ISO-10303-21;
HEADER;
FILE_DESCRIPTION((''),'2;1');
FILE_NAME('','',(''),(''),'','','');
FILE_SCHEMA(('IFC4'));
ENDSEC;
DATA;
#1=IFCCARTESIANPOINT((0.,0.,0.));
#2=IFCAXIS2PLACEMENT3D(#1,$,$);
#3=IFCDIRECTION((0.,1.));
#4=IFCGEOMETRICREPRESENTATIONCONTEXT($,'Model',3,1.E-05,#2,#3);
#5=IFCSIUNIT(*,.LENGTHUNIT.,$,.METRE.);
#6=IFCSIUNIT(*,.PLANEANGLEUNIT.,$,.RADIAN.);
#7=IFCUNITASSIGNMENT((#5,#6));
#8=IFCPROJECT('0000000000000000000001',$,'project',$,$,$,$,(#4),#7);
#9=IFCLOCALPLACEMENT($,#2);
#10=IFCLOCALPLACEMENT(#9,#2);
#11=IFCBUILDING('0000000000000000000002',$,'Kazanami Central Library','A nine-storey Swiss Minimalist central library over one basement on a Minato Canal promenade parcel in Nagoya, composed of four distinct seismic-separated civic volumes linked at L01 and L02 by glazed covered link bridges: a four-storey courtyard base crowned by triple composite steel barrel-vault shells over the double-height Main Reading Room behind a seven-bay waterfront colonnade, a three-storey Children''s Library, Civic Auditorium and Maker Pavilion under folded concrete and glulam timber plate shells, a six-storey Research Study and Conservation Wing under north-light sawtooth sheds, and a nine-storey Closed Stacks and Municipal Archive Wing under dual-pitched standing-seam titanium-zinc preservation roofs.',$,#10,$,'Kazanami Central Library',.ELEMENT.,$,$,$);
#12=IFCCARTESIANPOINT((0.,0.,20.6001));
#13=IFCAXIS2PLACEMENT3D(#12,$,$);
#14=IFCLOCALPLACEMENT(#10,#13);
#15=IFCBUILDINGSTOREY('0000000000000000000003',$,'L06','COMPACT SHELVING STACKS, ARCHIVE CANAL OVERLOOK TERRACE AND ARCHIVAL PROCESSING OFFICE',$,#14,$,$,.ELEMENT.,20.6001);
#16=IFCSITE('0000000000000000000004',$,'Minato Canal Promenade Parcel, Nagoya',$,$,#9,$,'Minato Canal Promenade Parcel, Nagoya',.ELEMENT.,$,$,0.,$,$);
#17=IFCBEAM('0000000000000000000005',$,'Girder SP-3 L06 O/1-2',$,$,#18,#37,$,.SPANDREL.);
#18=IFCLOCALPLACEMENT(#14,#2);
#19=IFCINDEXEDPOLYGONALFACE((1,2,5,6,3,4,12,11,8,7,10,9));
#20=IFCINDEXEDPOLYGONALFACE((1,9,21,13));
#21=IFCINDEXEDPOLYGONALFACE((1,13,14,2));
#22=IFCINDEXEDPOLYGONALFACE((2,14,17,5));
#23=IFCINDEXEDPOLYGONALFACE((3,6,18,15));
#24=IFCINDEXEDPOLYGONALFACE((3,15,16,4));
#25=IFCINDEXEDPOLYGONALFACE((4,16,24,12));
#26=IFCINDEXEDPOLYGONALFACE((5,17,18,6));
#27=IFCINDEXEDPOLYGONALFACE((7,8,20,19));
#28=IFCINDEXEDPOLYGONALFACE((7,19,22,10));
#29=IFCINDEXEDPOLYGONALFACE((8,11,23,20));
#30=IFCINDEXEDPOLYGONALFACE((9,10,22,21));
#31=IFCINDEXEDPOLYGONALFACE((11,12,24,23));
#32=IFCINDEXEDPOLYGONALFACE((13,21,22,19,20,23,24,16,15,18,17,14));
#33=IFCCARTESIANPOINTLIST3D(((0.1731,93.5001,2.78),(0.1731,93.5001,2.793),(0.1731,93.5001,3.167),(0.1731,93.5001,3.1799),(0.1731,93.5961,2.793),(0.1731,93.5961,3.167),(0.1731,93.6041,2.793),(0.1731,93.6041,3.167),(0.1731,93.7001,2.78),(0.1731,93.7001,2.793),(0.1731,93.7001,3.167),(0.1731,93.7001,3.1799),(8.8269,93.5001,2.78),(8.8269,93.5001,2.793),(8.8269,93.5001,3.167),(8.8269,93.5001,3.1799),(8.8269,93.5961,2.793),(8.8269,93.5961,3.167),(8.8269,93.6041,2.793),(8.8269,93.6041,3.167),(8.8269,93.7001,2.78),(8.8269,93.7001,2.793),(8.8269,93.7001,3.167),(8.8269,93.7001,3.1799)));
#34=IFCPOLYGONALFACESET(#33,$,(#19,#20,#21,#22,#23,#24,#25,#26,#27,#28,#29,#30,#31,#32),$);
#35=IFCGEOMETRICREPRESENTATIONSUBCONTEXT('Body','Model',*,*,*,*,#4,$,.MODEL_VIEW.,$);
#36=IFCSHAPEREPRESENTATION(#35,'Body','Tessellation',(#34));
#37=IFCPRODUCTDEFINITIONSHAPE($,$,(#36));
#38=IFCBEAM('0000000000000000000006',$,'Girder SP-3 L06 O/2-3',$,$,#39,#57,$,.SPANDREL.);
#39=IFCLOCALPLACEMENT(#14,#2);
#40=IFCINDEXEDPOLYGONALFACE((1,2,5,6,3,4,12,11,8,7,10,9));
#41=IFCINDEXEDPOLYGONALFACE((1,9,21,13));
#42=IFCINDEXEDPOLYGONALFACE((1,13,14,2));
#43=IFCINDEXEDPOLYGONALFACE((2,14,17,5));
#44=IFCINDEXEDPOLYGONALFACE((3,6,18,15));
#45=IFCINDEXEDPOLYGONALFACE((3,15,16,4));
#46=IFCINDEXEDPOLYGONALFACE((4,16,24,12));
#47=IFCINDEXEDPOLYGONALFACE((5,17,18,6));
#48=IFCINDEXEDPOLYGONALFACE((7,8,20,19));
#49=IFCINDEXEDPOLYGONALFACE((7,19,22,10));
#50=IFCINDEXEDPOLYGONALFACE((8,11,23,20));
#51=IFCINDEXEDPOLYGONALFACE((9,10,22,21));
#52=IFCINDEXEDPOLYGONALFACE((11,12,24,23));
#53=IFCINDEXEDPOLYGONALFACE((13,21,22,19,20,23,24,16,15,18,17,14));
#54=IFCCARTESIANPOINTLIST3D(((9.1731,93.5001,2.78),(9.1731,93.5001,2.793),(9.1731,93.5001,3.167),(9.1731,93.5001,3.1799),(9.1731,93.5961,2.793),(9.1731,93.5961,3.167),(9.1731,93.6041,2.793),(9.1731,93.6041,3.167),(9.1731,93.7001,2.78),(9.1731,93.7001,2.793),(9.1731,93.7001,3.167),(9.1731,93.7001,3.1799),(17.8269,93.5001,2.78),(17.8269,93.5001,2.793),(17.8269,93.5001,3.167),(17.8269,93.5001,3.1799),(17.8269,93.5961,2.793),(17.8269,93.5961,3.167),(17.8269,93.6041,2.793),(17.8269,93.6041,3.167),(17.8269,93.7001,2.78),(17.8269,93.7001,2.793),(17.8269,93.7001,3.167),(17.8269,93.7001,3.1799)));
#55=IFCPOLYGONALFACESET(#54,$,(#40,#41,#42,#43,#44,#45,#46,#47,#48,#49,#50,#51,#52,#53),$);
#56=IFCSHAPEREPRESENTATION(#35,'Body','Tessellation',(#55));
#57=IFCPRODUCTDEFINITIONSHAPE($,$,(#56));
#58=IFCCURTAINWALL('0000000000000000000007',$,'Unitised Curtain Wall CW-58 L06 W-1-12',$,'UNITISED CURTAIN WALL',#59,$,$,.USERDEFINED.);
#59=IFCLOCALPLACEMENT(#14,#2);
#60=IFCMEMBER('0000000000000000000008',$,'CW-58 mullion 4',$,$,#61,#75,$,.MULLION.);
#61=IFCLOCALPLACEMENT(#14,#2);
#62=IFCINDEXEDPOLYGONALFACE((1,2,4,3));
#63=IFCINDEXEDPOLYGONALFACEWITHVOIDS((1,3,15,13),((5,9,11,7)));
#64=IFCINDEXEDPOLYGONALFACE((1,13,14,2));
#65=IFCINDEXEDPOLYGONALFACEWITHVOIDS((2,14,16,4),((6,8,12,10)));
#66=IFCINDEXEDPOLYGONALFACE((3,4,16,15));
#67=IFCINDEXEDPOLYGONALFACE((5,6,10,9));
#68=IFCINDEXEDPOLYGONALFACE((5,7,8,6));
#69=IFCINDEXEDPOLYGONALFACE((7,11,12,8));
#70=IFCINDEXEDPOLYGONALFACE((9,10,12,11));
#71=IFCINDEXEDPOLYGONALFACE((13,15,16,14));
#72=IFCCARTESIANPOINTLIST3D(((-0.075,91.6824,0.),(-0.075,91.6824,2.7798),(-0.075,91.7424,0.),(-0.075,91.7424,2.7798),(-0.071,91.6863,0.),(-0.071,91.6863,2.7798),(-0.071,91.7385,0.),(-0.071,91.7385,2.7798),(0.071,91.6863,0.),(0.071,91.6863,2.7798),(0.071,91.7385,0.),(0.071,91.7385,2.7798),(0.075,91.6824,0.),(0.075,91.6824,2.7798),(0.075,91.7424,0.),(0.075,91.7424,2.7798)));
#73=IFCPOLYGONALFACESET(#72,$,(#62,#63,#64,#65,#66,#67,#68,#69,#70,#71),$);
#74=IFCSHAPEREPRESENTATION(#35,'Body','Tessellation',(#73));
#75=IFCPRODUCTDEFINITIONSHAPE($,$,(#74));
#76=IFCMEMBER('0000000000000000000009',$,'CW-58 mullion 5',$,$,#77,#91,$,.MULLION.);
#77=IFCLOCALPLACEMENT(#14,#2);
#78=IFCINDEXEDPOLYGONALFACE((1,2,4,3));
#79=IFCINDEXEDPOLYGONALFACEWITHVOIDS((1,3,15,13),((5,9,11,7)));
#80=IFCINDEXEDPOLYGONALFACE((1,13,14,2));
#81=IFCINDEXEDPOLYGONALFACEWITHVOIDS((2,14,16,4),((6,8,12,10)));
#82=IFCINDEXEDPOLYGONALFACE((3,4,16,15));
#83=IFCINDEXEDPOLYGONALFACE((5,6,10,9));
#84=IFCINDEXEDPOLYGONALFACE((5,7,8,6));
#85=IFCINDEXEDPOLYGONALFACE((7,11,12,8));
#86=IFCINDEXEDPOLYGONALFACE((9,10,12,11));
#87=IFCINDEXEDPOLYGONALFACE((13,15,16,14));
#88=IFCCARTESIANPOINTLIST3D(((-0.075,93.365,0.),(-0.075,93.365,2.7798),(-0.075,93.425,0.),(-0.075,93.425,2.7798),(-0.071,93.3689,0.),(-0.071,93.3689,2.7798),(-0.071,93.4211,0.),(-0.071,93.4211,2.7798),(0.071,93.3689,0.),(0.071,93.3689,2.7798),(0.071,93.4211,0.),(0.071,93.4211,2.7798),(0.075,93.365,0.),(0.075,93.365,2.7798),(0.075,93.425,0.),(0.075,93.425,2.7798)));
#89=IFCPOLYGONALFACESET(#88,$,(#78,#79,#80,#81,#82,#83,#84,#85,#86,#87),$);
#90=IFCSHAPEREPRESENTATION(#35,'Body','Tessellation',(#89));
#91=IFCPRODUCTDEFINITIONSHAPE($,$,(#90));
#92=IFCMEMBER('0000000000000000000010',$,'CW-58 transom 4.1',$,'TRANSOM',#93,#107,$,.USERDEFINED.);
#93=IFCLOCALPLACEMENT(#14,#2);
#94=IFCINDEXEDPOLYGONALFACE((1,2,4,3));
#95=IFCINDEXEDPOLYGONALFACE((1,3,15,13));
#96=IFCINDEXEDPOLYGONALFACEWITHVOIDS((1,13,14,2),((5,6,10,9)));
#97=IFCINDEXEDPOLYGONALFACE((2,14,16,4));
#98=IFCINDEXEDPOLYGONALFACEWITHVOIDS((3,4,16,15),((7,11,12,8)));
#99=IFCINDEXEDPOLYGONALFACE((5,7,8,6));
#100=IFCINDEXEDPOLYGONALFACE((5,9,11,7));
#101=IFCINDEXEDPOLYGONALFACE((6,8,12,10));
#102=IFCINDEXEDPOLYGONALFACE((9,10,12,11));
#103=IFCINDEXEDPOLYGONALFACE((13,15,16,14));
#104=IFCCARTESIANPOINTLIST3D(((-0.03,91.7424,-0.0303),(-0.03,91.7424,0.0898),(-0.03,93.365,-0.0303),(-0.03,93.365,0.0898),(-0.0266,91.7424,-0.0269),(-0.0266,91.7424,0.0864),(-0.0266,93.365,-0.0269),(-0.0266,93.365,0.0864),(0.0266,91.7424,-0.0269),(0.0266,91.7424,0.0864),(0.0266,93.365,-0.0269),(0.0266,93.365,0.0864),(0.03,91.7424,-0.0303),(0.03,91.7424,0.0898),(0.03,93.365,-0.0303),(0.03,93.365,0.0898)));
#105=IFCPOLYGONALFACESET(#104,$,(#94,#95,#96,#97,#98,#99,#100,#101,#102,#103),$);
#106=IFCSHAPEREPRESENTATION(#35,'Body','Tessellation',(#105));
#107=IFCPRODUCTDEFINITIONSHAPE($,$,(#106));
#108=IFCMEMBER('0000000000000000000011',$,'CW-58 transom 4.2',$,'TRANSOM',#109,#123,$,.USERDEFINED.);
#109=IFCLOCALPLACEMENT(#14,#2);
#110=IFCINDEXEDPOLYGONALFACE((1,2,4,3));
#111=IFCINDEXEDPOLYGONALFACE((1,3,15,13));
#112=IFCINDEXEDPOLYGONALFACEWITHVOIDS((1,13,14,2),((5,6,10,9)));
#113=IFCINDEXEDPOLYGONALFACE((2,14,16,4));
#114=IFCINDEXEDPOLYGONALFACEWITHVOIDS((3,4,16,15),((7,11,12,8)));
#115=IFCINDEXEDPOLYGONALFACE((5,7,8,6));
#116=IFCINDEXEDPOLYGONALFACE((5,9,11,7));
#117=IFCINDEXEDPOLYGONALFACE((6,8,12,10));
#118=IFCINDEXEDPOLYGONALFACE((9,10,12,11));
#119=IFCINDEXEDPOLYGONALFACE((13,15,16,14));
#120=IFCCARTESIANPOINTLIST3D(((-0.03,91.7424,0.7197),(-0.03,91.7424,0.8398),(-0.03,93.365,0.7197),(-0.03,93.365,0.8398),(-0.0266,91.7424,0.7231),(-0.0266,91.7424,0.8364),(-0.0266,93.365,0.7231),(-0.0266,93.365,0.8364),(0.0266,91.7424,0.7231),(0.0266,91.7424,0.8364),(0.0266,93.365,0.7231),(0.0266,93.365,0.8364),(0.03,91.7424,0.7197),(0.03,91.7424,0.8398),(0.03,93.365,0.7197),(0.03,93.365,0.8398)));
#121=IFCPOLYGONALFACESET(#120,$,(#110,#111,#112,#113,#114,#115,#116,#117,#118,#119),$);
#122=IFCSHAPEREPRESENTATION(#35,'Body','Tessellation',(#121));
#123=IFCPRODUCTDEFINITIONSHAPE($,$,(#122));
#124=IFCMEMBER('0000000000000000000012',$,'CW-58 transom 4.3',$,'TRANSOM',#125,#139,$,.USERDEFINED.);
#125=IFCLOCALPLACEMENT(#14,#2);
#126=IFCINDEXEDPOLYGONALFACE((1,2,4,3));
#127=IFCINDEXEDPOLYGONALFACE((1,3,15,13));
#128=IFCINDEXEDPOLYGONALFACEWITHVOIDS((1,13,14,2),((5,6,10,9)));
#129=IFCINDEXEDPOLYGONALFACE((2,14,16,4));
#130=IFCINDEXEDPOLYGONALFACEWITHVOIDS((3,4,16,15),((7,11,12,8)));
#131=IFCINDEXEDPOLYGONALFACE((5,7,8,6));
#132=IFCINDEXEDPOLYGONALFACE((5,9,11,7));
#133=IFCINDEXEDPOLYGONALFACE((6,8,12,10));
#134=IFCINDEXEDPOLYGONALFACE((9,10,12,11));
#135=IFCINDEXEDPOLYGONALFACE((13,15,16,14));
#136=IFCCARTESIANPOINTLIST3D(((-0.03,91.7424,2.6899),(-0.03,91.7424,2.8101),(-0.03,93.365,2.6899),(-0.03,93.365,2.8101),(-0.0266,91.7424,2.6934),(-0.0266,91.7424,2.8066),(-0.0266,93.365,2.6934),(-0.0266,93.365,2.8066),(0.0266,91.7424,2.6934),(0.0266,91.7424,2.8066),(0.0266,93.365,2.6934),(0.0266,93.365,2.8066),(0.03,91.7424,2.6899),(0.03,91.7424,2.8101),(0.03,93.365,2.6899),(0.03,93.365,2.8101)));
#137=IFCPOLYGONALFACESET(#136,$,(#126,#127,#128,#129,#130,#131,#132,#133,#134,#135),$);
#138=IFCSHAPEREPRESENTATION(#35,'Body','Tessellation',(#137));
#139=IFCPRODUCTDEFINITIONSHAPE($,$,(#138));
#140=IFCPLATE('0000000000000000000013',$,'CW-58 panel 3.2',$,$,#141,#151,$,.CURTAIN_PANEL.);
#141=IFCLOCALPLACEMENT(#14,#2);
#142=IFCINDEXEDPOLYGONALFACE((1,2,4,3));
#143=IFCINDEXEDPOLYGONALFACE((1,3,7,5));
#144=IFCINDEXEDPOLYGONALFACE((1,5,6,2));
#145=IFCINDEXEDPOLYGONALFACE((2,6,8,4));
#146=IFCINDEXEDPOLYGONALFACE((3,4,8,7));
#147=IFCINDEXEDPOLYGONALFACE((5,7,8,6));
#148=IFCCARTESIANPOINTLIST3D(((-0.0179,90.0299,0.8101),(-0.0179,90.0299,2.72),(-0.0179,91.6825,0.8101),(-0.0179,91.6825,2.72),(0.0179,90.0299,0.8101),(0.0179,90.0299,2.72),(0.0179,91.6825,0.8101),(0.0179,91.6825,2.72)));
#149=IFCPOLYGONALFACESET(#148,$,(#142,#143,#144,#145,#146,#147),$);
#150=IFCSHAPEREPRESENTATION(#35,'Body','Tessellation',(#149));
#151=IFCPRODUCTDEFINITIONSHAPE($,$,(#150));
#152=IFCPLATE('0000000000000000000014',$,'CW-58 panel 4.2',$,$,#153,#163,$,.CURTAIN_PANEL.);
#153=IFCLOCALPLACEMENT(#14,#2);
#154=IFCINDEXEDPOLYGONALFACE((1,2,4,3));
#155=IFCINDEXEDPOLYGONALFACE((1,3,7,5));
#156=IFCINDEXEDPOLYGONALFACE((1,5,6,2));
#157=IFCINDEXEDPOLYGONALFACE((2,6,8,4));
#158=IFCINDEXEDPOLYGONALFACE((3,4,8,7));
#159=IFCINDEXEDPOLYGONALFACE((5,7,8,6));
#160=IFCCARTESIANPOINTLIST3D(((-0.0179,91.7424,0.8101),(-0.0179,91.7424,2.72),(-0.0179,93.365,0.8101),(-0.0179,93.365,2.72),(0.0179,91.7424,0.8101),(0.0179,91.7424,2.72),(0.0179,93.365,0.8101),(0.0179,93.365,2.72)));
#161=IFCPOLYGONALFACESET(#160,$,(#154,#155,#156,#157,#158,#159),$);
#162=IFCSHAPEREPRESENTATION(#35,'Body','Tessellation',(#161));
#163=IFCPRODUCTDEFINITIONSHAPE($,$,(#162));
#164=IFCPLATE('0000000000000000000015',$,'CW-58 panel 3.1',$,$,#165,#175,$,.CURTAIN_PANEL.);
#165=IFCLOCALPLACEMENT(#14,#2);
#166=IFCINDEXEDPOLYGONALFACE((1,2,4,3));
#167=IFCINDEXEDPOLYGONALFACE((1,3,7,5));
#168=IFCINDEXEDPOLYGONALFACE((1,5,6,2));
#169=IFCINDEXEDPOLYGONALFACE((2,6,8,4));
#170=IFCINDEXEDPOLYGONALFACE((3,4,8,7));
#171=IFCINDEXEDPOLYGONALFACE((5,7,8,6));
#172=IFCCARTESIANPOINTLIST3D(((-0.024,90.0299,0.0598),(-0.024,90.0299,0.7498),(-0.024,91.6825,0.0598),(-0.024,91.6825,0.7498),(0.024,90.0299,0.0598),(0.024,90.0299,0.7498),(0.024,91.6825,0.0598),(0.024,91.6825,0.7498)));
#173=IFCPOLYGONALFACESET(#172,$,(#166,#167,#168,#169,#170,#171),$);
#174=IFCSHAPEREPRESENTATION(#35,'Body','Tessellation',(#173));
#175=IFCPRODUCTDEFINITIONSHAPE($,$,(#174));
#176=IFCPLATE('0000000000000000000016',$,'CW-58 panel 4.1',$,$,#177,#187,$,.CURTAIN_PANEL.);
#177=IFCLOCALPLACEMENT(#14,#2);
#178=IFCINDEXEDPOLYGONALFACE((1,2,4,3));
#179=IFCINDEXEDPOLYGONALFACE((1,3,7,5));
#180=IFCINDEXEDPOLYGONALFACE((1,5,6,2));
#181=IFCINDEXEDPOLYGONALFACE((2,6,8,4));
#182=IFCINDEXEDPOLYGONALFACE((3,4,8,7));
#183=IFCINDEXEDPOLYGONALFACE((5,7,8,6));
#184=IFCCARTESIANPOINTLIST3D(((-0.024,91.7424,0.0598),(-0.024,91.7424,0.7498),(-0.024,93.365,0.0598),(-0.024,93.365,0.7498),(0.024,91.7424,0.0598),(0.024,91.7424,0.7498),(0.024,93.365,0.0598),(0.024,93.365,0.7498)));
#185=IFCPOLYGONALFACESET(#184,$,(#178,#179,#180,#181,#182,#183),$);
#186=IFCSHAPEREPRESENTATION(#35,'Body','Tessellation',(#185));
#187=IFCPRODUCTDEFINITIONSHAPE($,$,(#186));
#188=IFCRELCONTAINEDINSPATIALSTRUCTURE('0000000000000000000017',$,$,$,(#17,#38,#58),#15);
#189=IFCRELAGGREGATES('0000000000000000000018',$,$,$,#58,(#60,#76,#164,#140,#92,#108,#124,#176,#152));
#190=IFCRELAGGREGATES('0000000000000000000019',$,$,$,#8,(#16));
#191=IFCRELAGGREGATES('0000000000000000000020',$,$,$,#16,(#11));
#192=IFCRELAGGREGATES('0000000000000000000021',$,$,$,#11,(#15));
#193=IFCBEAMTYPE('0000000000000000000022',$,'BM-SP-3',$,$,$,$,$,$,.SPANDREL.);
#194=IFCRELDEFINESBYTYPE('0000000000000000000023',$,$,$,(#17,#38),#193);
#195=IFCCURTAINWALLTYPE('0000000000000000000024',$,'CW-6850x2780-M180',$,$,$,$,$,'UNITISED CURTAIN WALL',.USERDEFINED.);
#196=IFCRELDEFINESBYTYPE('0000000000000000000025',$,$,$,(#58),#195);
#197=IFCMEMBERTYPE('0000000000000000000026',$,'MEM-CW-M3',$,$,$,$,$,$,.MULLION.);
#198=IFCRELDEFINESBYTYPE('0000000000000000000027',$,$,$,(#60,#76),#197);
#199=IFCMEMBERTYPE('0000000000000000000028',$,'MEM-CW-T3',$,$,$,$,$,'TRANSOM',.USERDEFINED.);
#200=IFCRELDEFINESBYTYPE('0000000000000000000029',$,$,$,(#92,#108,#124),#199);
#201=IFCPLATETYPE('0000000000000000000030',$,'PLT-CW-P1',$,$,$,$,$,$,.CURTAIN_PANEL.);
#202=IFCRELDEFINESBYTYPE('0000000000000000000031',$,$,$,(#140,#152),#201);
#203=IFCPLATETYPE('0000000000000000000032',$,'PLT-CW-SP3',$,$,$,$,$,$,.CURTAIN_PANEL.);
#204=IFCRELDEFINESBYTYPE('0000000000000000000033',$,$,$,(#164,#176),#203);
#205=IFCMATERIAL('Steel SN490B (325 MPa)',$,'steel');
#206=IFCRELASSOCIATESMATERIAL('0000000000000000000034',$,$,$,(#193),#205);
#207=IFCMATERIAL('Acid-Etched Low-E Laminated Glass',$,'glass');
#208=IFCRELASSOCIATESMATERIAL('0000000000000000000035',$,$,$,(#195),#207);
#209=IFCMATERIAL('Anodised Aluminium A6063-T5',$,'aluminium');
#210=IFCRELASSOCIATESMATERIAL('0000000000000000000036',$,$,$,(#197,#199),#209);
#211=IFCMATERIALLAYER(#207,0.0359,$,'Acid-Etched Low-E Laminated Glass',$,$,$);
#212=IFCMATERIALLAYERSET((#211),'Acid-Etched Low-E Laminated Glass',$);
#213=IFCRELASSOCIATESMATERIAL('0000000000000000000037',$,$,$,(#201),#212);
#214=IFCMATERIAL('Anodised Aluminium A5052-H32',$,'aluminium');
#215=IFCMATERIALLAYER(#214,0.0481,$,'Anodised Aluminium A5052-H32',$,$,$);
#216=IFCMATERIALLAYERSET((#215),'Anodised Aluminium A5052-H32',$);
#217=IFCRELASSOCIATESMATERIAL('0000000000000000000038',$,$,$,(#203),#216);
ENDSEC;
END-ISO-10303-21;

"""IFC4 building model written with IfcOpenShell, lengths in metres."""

from ifc_helpers import new_model, si_unit, direction, frame, origin, origin_2d, place, context, subcontext, project, spatial, rectangle, hollow_rectangle, i_section, extrude, material, layer, layer_set, material_profile, profile_set, type_object, element, aggregate, save


model = new_model("IFC4")

# Units and contexts
model_context = context("Model", 3, precision=1e-05, world=origin(), true_north=direction((0.0, 1.0)))
body_context = subcontext(model_context, "Body", "Model", "MODEL_VIEW")
ifc_project = project(units=[si_unit("LENGTHUNIT", "METRE"), si_unit("PLANEANGLEUNIT", "RADIAN")], contexts=[model_context])

# Site, building, storey
site_placement = place(None, origin())
site = spatial("IfcSite", under=ifc_project, at=site_placement, Name="Minato Canal Promenade Parcel, Nagoya", LongName="Minato Canal Promenade Parcel, Nagoya", CompositionType="ELEMENT", RefElevation=0.0)
building_placement = place(site_placement, origin())
building = spatial("IfcBuilding", under=site, at=building_placement, Name="Kazanami Central Library", Description="A nine-storey Swiss Minimalist central library over one basement on a Minato Canal promenade parcel in Nagoya, composed of four distinct seismic-separated civic volumes linked at L01 and L02 by glazed covered link bridges: a four-storey courtyard base crowned by triple composite steel barrel-vault shells over the double-height Main Reading Room behind a seven-bay waterfront colonnade, a three-storey Children's Library, Civic Auditorium and Maker Pavilion under folded concrete and glulam timber plate shells, a six-storey Research Study and Conservation Wing under north-light sawtooth sheds, and a nine-storey Closed Stacks and Municipal Archive Wing under dual-pitched standing-seam titanium-zinc preservation roofs.", LongName="Kazanami Central Library", CompositionType="ELEMENT")
storey_placement = place(building_placement, frame((0.0, 0.0, 20.6001)))
storey = spatial("IfcBuildingStorey", under=building, at=storey_placement, Name="L06", Description="COMPACT SHELVING STACKS, ARCHIVE CANAL OVERLOOK TERRACE AND ARCHIVAL PROCESSING OFFICE", CompositionType="ELEMENT", Elevation=20.6001)

# Beams
ifc_material_1 = material(Name="Steel SN490B (325 MPa)", Category="steel")
ifc_material_profile_1 = material_profile(ifc_material_1, i_section(OverallWidth=0.2, OverallDepth=0.3999, WebThickness=0.0081, FlangeThickness=0.0129, at=origin_2d()), Name="H-400x200x8x13")
ifc_profile_set_1 = profile_set([ifc_material_profile_1], Name="Steel SN490B (325 MPa)")
beam_type_1 = type_object("IfcBeamType", Name="BM-SP-3", PredefinedType="SPANDREL", material=ifc_profile_set_1)
for number, where, z_axis, x_axis, name in (
    (1, (0.1731, 93.6001, 2.98), (1.0, 0.0, 0.0), (0.0, 1.0, 0.0), "Girder SP-3 L06 O/1-2"),
    (2, (9.1731, 93.6001, 2.98), (1.0, 0.0, 0.0), (0.0, 1.0, 0.0), "Girder SP-3 L06 O/2-3"),
):
    element("IfcBeam", number, at=place(storey_placement, frame(where, z_axis=z_axis, x_axis=x_axis)), inside=storey, type_object=beam_type_1, Name=name, PredefinedType="SPANDREL", context=body_context, shape_type="SweptSolid", body=[
        extrude(i_section(OverallWidth=0.2, OverallDepth=0.3999, WebThickness=0.0081, FlangeThickness=0.0129, at=origin_2d()), origin(), (0.0, 0.0, 1.0), 8.6538),
    ])

# Curtain wall, members, plates
ifc_material_2 = material(Name="Acid-Etched Low-E Laminated Glass", Category="glass")
curtain_wall_type = type_object("IfcCurtainWallType", Name="CW-6850x2780-M180", ElementType="UNITISED CURTAIN WALL", PredefinedType="USERDEFINED", material=ifc_material_2)
curtain_wall_placement = place(storey_placement, origin())
curtain_wall = element("IfcCurtainWall", 3, at=curtain_wall_placement, inside=storey, type_object=curtain_wall_type, Name="Unitised Curtain Wall CW-58 L06 W-1-12", ObjectType="UNITISED CURTAIN WALL", PredefinedType="USERDEFINED")
ifc_material_3 = material(Name="Anodised Aluminium A6063-T5", Category="aluminium")
ifc_material_profile_2 = material_profile(ifc_material_3, hollow_rectangle(XDim=0.0601, YDim=0.1499, WallThickness=0.0039, at=origin_2d()), Name="ALU-MULL-60x150x4")
ifc_profile_set_2 = profile_set([ifc_material_profile_2], Name="Anodised Aluminium A6063-T5")
member_type_1 = type_object("IfcMemberType", Name="MEM-CW-M3", PredefinedType="MULLION", material=ifc_profile_set_2)
member_1_placement = place(storey_placement, frame((0.0, 91.7124, 0.0), z_axis=(0.0, 0.0, 1.0), x_axis=(0.0, 1.0, 0.0)))
member_1 = element("IfcMember", 4, at=member_1_placement, type_object=member_type_1, Name="CW-58 mullion 4", PredefinedType="MULLION", context=body_context, shape_type="SweptSolid", body=[
    extrude(hollow_rectangle(XDim=0.0601, YDim=0.1499, WallThickness=0.0039, at=origin_2d()), origin(), (0.0, 0.0, 1.0), 2.7798),
])
member_2_placement = place(storey_placement, frame((0.0, 93.395, 0.0), z_axis=(0.0, 0.0, 1.0), x_axis=(0.0, 1.0, 0.0)))
member_2 = element("IfcMember", 5, at=member_2_placement, type_object=member_type_1, Name="CW-58 mullion 5", PredefinedType="MULLION", context=body_context, shape_type="SweptSolid", body=[
    extrude(hollow_rectangle(XDim=0.0601, YDim=0.1499, WallThickness=0.0039, at=origin_2d()), origin(), (0.0, 0.0, 1.0), 2.7798),
])
ifc_material_profile_3 = material_profile(ifc_material_3, hollow_rectangle(XDim=0.0601, YDim=0.1201, WallThickness=0.0034, at=origin_2d()), Name="ALU-TRAN-60x120x3.5")
ifc_profile_set_3 = profile_set([ifc_material_profile_3], Name="Anodised Aluminium A6063-T5")
member_type_2 = type_object("IfcMemberType", Name="MEM-CW-T3", ElementType="TRANSOM", PredefinedType="USERDEFINED", material=ifc_profile_set_3)
member_3_placement = place(storey_placement, frame((0.0, 91.7424, 0.0298), z_axis=(0.0, 1.0, 0.0), x_axis=(-1.0, 0.0, 0.0)))
member_3 = element("IfcMember", 6, at=member_3_placement, type_object=member_type_2, Name="CW-58 transom 4.1", ObjectType="TRANSOM", PredefinedType="USERDEFINED", context=body_context, shape_type="SweptSolid", body=[
    extrude(hollow_rectangle(XDim=0.0601, YDim=0.1201, WallThickness=0.0034, at=origin_2d()), origin(), (0.0, 0.0, 1.0), 1.6226),
])
member_4_placement = place(storey_placement, frame((0.0, 91.7424, 0.7798), z_axis=(0.0, 1.0, 0.0), x_axis=(-1.0, 0.0, 0.0)))
member_4 = element("IfcMember", 7, at=member_4_placement, type_object=member_type_2, Name="CW-58 transom 4.2", ObjectType="TRANSOM", PredefinedType="USERDEFINED", context=body_context, shape_type="SweptSolid", body=[
    extrude(hollow_rectangle(XDim=0.0601, YDim=0.1201, WallThickness=0.0034, at=origin_2d()), origin(), (0.0, 0.0, 1.0), 1.6226),
])
member_5_placement = place(storey_placement, frame((0.0, 91.7424, 2.75), z_axis=(0.0, 1.0, 0.0), x_axis=(-1.0, 0.0, 0.0)))
member_5 = element("IfcMember", 8, at=member_5_placement, type_object=member_type_2, Name="CW-58 transom 4.3", ObjectType="TRANSOM", PredefinedType="USERDEFINED", context=body_context, shape_type="SweptSolid", body=[
    extrude(hollow_rectangle(XDim=0.0601, YDim=0.1201, WallThickness=0.0034, at=origin_2d()), origin(), (0.0, 0.0, 1.0), 1.6226),
])
ifc_layer_1 = layer(ifc_material_2, 0.0359, Name="Acid-Etched Low-E Laminated Glass")
ifc_layer_set_1 = layer_set([ifc_layer_1], Name="Acid-Etched Low-E Laminated Glass")
plate_type_1 = type_object("IfcPlateType", Name="PLT-CW-P1", PredefinedType="CURTAIN_PANEL", material=ifc_layer_set_1)
plate_1_placement = place(storey_placement, frame((0.0, 90.8562, 0.8101), z_axis=(0.0, 0.0, 1.0), x_axis=(0.0, 1.0, 0.0)))
plate_1 = element("IfcPlate", 9, at=plate_1_placement, type_object=plate_type_1, Name="CW-58 panel 3.2", PredefinedType="CURTAIN_PANEL", context=body_context, shape_type="SweptSolid", body=[
    extrude(rectangle(XDim=1.6526, YDim=0.0359, at=origin_2d()), origin(), (0.0, 0.0, 1.0), 1.9099),
])
plate_2_placement = place(storey_placement, frame((0.0, 92.5537, 0.8101), z_axis=(0.0, 0.0, 1.0), x_axis=(0.0, 1.0, 0.0)))
plate_2 = element("IfcPlate", 10, at=plate_2_placement, type_object=plate_type_1, Name="CW-58 panel 4.2", PredefinedType="CURTAIN_PANEL", context=body_context, shape_type="SweptSolid", body=[
    extrude(rectangle(XDim=1.6226, YDim=0.0359, at=origin_2d()), origin(), (0.0, 0.0, 1.0), 1.9099),
])
ifc_material_4 = material(Name="Anodised Aluminium A5052-H32", Category="aluminium")
ifc_layer_2 = layer(ifc_material_4, 0.0481, Name="Anodised Aluminium A5052-H32")
ifc_layer_set_2 = layer_set([ifc_layer_2], Name="Anodised Aluminium A5052-H32")
plate_type_2 = type_object("IfcPlateType", Name="PLT-CW-SP3", PredefinedType="CURTAIN_PANEL", material=ifc_layer_set_2)
plate_3_placement = place(storey_placement, frame((0.0, 90.8562, 0.0598), z_axis=(0.0, 0.0, 1.0), x_axis=(0.0, 1.0, 0.0)))
plate_3 = element("IfcPlate", 11, at=plate_3_placement, type_object=plate_type_2, Name="CW-58 panel 3.1", PredefinedType="CURTAIN_PANEL", context=body_context, shape_type="SweptSolid", body=[
    extrude(rectangle(XDim=1.6526, YDim=0.0481, at=origin_2d()), origin(), (0.0, 0.0, 1.0), 0.6899),
])
plate_4_placement = place(storey_placement, frame((0.0, 92.5537, 0.0598), z_axis=(0.0, 0.0, 1.0), x_axis=(0.0, 1.0, 0.0)))
plate_4 = element("IfcPlate", 12, at=plate_4_placement, type_object=plate_type_2, Name="CW-58 panel 4.1", PredefinedType="CURTAIN_PANEL", context=body_context, shape_type="SweptSolid", body=[
    extrude(rectangle(XDim=1.6226, YDim=0.0481, at=origin_2d()), origin(), (0.0, 0.0, 1.0), 0.6899),
])
aggregate(curtain_wall, [member_1, member_2, plate_3, plate_1, member_3, member_4, member_5, plate_4, plate_2])

save(model, "model.ifc")
